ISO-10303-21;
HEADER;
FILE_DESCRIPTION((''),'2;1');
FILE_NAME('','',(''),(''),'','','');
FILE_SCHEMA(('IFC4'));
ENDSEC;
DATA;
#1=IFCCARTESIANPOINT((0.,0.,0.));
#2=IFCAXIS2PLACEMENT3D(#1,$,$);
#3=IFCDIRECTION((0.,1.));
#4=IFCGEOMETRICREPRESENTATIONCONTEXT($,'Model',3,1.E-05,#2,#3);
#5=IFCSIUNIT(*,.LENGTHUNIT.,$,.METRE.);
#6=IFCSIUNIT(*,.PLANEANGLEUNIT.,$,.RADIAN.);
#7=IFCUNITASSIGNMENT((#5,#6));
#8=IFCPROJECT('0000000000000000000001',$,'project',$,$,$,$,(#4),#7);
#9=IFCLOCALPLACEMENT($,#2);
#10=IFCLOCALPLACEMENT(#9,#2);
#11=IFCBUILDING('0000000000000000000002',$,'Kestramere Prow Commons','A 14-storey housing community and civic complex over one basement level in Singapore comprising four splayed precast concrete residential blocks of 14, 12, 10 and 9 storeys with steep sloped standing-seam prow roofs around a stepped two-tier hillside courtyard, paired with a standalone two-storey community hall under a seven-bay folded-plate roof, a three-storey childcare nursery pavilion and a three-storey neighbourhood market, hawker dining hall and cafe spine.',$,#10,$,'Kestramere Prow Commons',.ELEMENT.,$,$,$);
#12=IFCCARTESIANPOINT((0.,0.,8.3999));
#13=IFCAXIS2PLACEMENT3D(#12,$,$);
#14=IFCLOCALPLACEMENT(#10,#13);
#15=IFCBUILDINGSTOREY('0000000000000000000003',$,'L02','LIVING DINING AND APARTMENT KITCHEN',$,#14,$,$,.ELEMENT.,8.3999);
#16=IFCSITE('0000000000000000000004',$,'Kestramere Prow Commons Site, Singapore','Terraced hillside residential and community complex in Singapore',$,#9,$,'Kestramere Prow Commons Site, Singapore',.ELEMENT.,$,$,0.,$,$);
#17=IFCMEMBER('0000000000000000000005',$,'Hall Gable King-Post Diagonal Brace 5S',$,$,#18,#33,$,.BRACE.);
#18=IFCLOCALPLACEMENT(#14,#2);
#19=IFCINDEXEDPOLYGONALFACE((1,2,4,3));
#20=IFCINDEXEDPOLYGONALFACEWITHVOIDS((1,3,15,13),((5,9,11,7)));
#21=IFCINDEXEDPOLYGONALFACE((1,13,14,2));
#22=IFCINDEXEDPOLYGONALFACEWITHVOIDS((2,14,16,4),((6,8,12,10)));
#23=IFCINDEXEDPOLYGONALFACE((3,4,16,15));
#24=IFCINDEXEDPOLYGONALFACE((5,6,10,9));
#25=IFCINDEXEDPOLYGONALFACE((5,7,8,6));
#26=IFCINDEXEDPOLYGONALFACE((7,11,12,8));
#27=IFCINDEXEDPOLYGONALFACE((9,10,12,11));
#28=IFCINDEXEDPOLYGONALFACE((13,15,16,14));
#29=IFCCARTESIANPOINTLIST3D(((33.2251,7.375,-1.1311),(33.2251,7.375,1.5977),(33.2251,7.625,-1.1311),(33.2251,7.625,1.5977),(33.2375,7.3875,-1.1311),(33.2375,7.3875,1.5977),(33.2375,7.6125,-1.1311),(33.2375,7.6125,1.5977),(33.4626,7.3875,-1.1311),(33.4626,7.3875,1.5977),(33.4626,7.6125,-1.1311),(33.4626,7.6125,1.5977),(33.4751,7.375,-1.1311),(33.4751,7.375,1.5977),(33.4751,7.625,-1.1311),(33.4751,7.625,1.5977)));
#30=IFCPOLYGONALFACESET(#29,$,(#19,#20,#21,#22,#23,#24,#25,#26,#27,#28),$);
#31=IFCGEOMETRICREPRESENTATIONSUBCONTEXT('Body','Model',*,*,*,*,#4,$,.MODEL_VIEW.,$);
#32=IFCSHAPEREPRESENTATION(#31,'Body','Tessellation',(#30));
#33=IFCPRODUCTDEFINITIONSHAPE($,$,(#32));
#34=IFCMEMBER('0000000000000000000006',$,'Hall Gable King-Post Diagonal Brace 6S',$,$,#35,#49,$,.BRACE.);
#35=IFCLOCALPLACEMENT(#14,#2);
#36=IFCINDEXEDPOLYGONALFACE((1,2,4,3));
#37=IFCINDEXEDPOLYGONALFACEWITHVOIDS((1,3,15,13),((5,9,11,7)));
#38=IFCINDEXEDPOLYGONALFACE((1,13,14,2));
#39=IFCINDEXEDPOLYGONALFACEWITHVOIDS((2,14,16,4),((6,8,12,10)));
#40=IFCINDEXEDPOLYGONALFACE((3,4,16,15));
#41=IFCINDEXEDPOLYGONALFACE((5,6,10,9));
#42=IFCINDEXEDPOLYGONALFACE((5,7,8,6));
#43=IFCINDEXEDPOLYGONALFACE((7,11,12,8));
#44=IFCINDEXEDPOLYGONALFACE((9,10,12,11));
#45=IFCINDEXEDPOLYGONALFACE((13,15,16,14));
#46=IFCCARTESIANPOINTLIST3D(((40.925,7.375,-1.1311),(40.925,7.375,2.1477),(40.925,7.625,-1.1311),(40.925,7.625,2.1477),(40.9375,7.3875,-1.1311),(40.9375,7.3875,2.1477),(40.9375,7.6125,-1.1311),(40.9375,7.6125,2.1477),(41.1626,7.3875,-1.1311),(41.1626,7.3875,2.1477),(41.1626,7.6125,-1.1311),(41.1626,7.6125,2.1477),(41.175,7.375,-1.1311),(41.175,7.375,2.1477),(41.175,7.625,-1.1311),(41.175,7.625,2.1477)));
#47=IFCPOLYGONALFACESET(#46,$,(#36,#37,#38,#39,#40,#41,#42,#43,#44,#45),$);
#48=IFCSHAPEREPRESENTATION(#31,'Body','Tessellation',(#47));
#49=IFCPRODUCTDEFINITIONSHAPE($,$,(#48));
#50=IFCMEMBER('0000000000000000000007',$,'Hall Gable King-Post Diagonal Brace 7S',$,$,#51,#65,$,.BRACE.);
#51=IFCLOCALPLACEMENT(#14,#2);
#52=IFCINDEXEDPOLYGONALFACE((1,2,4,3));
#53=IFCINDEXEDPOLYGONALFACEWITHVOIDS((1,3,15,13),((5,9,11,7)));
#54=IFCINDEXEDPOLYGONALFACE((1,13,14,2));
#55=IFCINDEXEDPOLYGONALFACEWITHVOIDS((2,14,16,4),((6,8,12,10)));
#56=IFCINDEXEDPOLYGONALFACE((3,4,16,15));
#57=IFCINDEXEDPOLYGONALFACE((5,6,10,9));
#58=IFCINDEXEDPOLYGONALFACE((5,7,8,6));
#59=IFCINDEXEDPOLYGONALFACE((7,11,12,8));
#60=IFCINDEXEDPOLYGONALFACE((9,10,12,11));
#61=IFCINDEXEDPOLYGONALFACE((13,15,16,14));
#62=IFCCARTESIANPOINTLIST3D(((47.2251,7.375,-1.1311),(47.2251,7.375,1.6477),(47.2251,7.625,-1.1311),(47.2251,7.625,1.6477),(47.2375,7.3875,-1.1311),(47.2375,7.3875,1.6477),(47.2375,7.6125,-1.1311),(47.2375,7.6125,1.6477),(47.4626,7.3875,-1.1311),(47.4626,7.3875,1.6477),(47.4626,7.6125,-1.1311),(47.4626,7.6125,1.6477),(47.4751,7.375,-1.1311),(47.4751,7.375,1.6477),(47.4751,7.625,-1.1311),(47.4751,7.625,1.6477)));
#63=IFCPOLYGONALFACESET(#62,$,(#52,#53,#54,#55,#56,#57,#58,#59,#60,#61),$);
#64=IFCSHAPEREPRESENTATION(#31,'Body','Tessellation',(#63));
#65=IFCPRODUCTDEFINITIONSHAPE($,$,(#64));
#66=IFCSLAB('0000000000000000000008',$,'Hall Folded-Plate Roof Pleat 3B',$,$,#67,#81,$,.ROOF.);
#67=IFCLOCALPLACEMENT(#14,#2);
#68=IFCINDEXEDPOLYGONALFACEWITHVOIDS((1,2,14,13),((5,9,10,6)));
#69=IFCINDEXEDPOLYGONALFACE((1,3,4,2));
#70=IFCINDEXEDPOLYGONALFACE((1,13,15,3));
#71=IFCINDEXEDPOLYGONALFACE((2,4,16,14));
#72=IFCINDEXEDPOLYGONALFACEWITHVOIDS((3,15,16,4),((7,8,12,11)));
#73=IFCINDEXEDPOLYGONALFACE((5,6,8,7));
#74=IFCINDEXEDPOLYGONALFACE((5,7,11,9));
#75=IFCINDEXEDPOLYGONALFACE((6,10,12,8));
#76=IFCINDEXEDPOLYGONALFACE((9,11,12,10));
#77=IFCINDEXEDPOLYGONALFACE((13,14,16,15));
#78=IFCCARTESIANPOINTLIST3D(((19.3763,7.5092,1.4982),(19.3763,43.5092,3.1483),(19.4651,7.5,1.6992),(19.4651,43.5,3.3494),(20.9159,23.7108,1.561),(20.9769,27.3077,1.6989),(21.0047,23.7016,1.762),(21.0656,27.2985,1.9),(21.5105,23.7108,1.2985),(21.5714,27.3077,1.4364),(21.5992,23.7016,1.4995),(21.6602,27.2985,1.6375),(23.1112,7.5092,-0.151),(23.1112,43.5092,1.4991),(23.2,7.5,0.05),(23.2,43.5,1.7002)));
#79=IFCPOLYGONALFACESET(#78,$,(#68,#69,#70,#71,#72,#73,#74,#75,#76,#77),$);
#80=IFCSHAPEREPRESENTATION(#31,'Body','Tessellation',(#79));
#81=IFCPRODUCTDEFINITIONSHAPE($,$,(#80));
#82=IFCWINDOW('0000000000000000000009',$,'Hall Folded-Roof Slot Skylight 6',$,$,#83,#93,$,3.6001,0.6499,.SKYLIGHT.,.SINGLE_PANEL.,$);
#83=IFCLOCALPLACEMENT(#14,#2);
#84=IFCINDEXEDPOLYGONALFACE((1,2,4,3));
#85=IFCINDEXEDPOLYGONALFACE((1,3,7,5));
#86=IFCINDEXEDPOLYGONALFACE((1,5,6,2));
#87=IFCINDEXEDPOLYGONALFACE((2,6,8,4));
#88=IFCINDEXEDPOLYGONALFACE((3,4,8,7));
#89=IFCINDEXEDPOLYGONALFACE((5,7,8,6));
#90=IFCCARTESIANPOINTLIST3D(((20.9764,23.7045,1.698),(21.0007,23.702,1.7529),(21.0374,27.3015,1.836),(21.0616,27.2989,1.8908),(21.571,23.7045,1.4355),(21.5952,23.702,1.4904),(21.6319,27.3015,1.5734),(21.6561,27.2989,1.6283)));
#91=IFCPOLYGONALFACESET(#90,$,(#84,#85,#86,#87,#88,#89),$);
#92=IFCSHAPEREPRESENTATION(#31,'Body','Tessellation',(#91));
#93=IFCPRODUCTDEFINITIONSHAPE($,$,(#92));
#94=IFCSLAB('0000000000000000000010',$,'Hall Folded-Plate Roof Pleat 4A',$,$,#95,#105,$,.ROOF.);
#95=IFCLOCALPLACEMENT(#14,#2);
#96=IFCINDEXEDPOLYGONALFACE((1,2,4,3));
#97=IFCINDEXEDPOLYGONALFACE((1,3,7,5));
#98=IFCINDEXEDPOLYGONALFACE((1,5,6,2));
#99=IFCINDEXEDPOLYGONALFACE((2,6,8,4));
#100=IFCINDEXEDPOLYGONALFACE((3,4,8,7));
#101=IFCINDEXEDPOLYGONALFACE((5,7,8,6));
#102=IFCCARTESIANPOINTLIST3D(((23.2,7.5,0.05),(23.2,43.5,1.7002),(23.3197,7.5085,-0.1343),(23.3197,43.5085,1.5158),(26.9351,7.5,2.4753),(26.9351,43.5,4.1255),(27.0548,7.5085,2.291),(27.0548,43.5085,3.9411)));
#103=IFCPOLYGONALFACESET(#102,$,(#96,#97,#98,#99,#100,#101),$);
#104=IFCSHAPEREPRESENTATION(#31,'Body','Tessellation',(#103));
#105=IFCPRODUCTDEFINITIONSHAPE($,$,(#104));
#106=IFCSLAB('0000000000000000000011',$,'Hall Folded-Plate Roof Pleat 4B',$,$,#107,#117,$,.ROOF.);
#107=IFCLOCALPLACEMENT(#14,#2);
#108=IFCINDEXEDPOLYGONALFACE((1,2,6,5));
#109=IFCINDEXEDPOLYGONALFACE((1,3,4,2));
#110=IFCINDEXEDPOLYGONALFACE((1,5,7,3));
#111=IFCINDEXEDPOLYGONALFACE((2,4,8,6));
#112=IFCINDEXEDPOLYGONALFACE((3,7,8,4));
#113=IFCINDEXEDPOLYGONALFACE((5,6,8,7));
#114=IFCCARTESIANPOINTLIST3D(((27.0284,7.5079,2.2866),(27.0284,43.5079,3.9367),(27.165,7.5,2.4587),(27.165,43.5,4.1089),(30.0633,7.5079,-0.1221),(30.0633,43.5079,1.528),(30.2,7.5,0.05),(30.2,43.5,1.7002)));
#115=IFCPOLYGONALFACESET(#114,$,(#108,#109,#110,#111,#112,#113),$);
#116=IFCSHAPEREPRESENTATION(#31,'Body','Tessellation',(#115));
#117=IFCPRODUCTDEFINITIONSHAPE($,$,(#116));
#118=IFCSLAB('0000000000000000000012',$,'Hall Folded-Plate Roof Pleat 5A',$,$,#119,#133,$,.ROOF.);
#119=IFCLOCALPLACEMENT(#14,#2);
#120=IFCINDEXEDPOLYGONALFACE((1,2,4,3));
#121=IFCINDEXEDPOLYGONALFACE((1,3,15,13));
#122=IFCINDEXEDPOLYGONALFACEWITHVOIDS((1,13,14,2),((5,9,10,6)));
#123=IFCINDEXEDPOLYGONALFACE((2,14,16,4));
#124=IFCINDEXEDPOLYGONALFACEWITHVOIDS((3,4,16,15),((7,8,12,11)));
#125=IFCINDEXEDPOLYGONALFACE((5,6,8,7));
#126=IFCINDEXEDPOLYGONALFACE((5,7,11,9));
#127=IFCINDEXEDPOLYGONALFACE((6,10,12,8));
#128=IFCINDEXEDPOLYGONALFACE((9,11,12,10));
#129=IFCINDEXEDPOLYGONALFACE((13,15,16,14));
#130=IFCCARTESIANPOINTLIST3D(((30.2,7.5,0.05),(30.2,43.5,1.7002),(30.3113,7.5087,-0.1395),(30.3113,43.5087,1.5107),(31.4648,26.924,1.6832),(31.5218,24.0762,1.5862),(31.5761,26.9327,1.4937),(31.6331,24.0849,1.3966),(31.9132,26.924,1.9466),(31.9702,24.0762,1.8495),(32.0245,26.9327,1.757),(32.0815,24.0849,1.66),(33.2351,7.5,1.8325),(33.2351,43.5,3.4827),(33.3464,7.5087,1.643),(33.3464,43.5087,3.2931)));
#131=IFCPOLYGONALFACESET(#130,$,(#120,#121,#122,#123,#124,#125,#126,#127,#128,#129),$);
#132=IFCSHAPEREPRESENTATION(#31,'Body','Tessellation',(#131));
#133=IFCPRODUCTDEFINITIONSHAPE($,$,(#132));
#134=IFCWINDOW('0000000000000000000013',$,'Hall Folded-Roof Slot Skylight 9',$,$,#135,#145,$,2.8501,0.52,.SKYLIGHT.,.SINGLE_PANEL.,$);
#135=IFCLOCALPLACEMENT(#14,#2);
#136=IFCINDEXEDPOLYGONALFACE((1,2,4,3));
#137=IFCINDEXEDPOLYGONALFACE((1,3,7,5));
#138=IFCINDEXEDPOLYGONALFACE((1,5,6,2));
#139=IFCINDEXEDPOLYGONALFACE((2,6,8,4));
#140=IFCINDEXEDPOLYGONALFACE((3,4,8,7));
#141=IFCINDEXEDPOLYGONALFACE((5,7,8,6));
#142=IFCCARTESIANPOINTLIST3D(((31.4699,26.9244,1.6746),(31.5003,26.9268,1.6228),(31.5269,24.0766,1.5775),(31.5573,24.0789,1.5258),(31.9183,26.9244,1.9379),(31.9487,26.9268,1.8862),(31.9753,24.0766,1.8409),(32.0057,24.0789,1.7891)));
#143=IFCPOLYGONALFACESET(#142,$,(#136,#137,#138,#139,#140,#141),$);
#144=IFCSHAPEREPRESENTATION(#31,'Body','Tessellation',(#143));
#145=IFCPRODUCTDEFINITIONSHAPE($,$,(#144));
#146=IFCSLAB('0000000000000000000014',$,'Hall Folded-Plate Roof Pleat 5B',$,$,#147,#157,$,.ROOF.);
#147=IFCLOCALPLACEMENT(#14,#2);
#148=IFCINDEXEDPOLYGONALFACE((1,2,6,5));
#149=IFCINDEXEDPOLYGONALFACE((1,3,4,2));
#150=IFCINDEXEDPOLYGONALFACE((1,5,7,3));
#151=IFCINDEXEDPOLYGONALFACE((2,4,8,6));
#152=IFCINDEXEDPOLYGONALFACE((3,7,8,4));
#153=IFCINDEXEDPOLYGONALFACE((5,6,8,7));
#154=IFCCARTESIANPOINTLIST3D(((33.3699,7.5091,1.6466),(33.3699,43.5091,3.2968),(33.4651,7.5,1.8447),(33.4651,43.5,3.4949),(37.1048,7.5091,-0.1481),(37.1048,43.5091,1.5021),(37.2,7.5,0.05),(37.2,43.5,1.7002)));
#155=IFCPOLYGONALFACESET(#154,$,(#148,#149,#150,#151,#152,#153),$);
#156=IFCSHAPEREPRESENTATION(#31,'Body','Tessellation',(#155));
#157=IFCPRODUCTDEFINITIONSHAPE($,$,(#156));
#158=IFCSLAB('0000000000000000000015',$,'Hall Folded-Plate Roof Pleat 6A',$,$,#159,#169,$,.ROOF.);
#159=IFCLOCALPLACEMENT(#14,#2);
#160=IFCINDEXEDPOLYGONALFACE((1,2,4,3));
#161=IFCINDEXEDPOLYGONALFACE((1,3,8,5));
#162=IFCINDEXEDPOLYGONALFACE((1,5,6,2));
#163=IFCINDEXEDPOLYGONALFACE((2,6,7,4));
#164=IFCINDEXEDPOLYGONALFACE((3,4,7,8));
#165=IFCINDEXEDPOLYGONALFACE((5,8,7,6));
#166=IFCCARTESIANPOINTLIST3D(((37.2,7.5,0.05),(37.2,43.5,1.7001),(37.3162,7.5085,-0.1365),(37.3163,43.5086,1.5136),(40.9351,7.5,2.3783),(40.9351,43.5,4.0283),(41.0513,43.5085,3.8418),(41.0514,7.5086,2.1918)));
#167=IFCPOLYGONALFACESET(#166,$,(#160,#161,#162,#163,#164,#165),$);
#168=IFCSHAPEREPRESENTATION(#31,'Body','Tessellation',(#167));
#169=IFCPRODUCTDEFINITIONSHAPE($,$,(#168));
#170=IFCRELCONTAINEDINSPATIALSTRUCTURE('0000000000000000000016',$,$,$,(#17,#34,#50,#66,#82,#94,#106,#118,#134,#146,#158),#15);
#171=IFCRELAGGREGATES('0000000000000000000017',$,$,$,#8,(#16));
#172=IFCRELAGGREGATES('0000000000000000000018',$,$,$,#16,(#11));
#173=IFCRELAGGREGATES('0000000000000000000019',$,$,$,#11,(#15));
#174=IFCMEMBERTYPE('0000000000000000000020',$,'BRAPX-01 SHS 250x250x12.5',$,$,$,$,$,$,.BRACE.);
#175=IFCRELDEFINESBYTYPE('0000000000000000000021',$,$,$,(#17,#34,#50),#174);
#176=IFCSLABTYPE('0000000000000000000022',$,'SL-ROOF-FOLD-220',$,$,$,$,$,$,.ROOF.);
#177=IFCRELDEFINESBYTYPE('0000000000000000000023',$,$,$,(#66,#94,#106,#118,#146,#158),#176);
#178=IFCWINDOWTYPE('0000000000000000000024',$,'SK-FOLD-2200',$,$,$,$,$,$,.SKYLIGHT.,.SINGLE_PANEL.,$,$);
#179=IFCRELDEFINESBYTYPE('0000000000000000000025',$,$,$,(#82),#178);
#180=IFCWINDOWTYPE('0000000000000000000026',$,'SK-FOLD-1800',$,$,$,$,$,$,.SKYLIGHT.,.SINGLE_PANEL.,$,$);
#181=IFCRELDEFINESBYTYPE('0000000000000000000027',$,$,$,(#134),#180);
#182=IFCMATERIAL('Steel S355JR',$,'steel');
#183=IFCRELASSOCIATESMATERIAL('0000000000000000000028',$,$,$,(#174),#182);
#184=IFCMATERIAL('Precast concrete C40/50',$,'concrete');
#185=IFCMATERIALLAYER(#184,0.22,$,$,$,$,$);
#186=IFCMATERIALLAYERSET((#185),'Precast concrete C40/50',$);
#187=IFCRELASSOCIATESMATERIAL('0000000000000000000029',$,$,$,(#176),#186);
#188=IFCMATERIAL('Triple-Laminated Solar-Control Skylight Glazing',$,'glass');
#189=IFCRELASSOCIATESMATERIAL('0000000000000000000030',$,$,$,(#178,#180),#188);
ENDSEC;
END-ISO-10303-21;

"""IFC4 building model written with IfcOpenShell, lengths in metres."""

from ifc_helpers import new_model, si_unit, direction, frame, origin, origin_2d, place, context, subcontext, project, spatial, polyline, rectangle, hollow_rectangle, outline, extrude, material, layer, layer_set, material_profile, profile_set, type_object, element, fill, save


model = new_model("IFC4")

# Units and contexts
model_context = context("Model", 3, precision=1e-05, world=origin(), true_north=direction((0.0, 1.0)))
body_context = subcontext(model_context, "Body", "Model", "MODEL_VIEW")
ifc_project = project(units=[si_unit("LENGTHUNIT", "METRE"), si_unit("PLANEANGLEUNIT", "RADIAN")], contexts=[model_context])

# Site, building, storey
site_placement = place(None, origin())
site = spatial("IfcSite", under=ifc_project, at=site_placement, Name="Kestramere Prow Commons Site, Singapore", Description="Terraced hillside residential and community complex in Singapore", LongName="Kestramere Prow Commons Site, Singapore", CompositionType="ELEMENT", RefElevation=0.0)
building_placement = place(site_placement, origin())
building = spatial("IfcBuilding", under=site, at=building_placement, Name="Kestramere Prow Commons", Description="A 14-storey housing community and civic complex over one basement level in Singapore comprising four splayed precast concrete residential blocks of 14, 12, 10 and 9 storeys with steep sloped standing-seam prow roofs around a stepped two-tier hillside courtyard, paired with a standalone two-storey community hall under a seven-bay folded-plate roof, a three-storey childcare nursery pavilion and a three-storey neighbourhood market, hawker dining hall and cafe spine.", LongName="Kestramere Prow Commons", CompositionType="ELEMENT")
storey_placement = place(building_placement, frame((0.0, 0.0, 8.3999)))
storey = spatial("IfcBuildingStorey", under=building, at=storey_placement, Name="L02", Description="LIVING DINING AND APARTMENT KITCHEN", CompositionType="ELEMENT", Elevation=8.3999)

# Shared definitions
ifc_material_1 = material(Name="Steel S355JR", Category="steel")

# Members
ifc_material_profile_1 = material_profile(ifc_material_1, hollow_rectangle(XDim=0.25, YDim=0.25, WallThickness=0.0125, at=origin_2d()), Name="SHS 250x250x12.5")
ifc_profile_set_1 = profile_set([ifc_material_profile_1], Name="Steel S355JR")
member_type = type_object("IfcMemberType", Name="BRAPX-01 SHS 250x250x12.5", PredefinedType="BRACE", material=ifc_profile_set_1)
member_1_placement = place(storey_placement, frame((33.3501, 7.5, -1.1311), z_axis=(0.0, 0.0, 1.0), x_axis=(1.0, 0.0, 0.0)))
element("IfcMember", 1, at=member_1_placement, inside=storey, type_object=member_type, Name="Hall Gable King-Post Diagonal Brace 5S", PredefinedType="BRACE", context=body_context, shape_type="SweptSolid", body=[
    extrude(hollow_rectangle(XDim=0.25, YDim=0.25, WallThickness=0.0125, at=origin_2d()), origin(), (0.0, 0.0, 1.0), 2.7288),
])
member_2_placement = place(storey_placement, frame((41.05, 7.5, -1.1311), z_axis=(0.0, 0.0, 1.0), x_axis=(1.0, 0.0, 0.0)))
element("IfcMember", 2, at=member_2_placement, inside=storey, type_object=member_type, Name="Hall Gable King-Post Diagonal Brace 6S", PredefinedType="BRACE", context=body_context, shape_type="SweptSolid", body=[
    extrude(hollow_rectangle(XDim=0.25, YDim=0.25, WallThickness=0.0125, at=origin_2d()), origin(), (0.0, 0.0, 1.0), 3.2788),
])
member_3_placement = place(storey_placement, frame((47.3501, 7.5, -1.1311), z_axis=(0.0, 0.0, 1.0), x_axis=(1.0, 0.0, 0.0)))
element("IfcMember", 3, at=member_3_placement, inside=storey, type_object=member_type, Name="Hall Gable King-Post Diagonal Brace 7S", PredefinedType="BRACE", context=body_context, shape_type="SweptSolid", body=[
    extrude(hollow_rectangle(XDim=0.25, YDim=0.25, WallThickness=0.0125, at=origin_2d()), origin(), (0.0, 0.0, 1.0), 2.7788),
])

# Slab, opening, window
ifc_material_2 = material(Name="Precast concrete C40/50", Category="concrete")
ifc_layer_1 = layer(ifc_material_2, 0.22)
ifc_layer_set_1 = layer_set([ifc_layer_1], Name="Precast concrete C40/50")
slab_type = type_object("IfcSlabType", Name="SL-ROOF-FOLD-220", PredefinedType="ROOF", material=ifc_layer_set_1)
slab_1_placement = place(storey_placement, frame((19.4651, 7.5, 1.6992), z_axis=(0.40358, -0.041895, 0.913985), x_axis=(0.914788, 0.0, -0.403935)))
slab_1 = element("IfcSlab", 4, at=slab_1_placement, inside=storey, type_object=slab_type, Name="Hall Folded-Plate Roof Pleat 3B", PredefinedType="ROOF", context=body_context, shape_type="SweptSolid", body=[
    extrude(outline(polyline([(0.0, 0.0), (4.0828, 0.0), (3.4162, 36.0316), (-0.6666, 36.0316), (0.0, 0.0)])), origin(), (0.0, 0.0, -1.0), 0.22),
])
opening_1_placement = place(slab_1_placement, frame((1.708, 18.0159, 0.0), z_axis=(0.0, 0.0, 1.0), x_axis=(1.0, 0.0, 0.0)))
opening_1 = element("IfcOpeningElement", 5, at=opening_1_placement, cuts=slab_1, PredefinedType="OPENING", context=body_context, shape_type="SweptSolid", body=[
    extrude(rectangle(XDim=0.6499, YDim=3.6001, at=origin_2d()), frame((0.0, 0.0, 0.0149), z_axis=(0.0, 0.0, -1.0), x_axis=(1.0, 0.0, 0.0)), (0.0, 0.0, 1.0), 0.25),
])
ifc_material_3 = material(Name="Triple-Laminated Solar-Control Skylight Glazing", Category="glass")
window_type_1 = type_object("IfcWindowType", Name="SK-FOLD-2200", PartitioningType="SINGLE_PANEL", PredefinedType="SKYLIGHT", material=ifc_material_3)
window_1_placement = place(opening_1_placement, frame((0.0, 0.0, -0.01)))
window_1 = element("IfcWindow", 6, at=window_1_placement, inside=storey, type_object=window_type_1, Name="Hall Folded-Roof Slot Skylight 6", OverallHeight=3.6001, OverallWidth=0.6499, PartitioningType="SINGLE_PANEL", PredefinedType="SKYLIGHT", context=body_context, shape_type="SweptSolid", body=[
    extrude(rectangle(XDim=0.6499, YDim=3.6001, at=origin_2d()), frame((0.0, 0.0, 0.0), z_axis=(0.0, 0.0, -1.0), x_axis=(1.0, 0.0, 0.0)), (0.0, 0.0, 1.0), 0.0601),
])
fill(opening_1, window_1)

# Slabs
slab_2_placement = place(storey_placement, frame((23.2, 7.5, 0.05), z_axis=(-0.544187, -0.038416, 0.838084), x_axis=(0.838703, 0.0, 0.544589)))
element("IfcSlab", 7, at=slab_2_placement, inside=storey, type_object=slab_type, Name="Hall Folded-Plate Roof Pleat 4A", PredefinedType="ROOF", context=body_context, shape_type="SweptSolid", body=[
    extrude(outline(polyline([(0.0, 0.0), (4.4534, 0.0), (5.3521, 36.0266), (0.8987, 36.0266), (0.0, 0.0)])), origin(), (0.0, 0.0, -1.0), 0.22),
])
slab_3_placement = place(storey_placement, frame((27.165, 7.5, 2.4587), z_axis=(0.621262, -0.035881, 0.782781), x_axis=(0.783285, 0.0, -0.621663)))
element("IfcSlab", 8, at=slab_3_placement, inside=storey, type_object=slab_type, Name="Hall Folded-Plate Roof Pleat 4B", PredefinedType="ROOF", context=body_context, shape_type="SweptSolid", body=[
    extrude(outline(polyline([(0.0, 0.0), (3.8746, 0.0), (2.8488, 36.0232), (-1.0258, 36.0232), (0.0, 0.0)])), origin(), (0.0, 0.0, -1.0), 0.22),
])

# Slab, opening, window
slab_4_placement = place(storey_placement, frame((30.2, 7.5, 0.05), z_axis=(-0.50601, -0.039495, 0.861623), x_axis=(0.862296, 0.0, 0.506405)))
slab_4 = element("IfcSlab", 9, at=slab_4_placement, inside=storey, type_object=slab_type, Name="Hall Folded-Plate Roof Pleat 5A", PredefinedType="ROOF", context=body_context, shape_type="SweptSolid", body=[
    extrude(outline(polyline([(0.0, 0.0), (3.5199, 0.0), (4.3555, 36.0281), (0.8356, 36.0281), (0.0, 0.0)])), origin(), (0.0, 0.0, -1.0), 0.22),
])
opening_2_placement = place(slab_4_placement, frame((2.1777, 18.0142, 0.0), z_axis=(0.0, 0.0, 1.0), x_axis=(1.0, 0.0, 0.0)))
opening_2 = element("IfcOpeningElement", 10, at=opening_2_placement, cuts=slab_4, PredefinedType="OPENING", context=body_context, shape_type="SweptSolid", body=[
    extrude(rectangle(XDim=0.52, YDim=2.8501, at=origin_2d()), frame((0.0, 0.0, 0.0149), z_axis=(0.0, 0.0, -1.0), x_axis=(1.0, 0.0, 0.0)), (0.0, 0.0, 1.0), 0.25),
])
window_type_2 = type_object("IfcWindowType", Name="SK-FOLD-1800", PartitioningType="SINGLE_PANEL", PredefinedType="SKYLIGHT", material=ifc_material_3)
window_2_placement = place(opening_2_placement, frame((0.0, 0.0, -0.01)))
window_2 = element("IfcWindow", 11, at=window_2_placement, inside=storey, type_object=window_type_2, Name="Hall Folded-Roof Slot Skylight 9", OverallHeight=2.8501, OverallWidth=0.52, PartitioningType="SINGLE_PANEL", PredefinedType="SKYLIGHT", context=body_context, shape_type="SweptSolid", body=[
    extrude(rectangle(XDim=0.52, YDim=2.8501, at=origin_2d()), frame((0.0, 0.0, 0.0), z_axis=(0.0, 0.0, -1.0), x_axis=(1.0, 0.0, 0.0)), (0.0, 0.0, 1.0), 0.0601),
])
fill(opening_2, window_2)

# Slabs
slab_5_placement = place(storey_placement, frame((33.4651, 7.5, 1.8447), z_axis=(0.432743, -0.04128, 0.900572), x_axis=(0.90134, 0.0, -0.433112)))
element("IfcSlab", 12, at=slab_5_placement, inside=storey, type_object=slab_type, Name="Hall Folded-Plate Roof Pleat 5B", PredefinedType="ROOF", context=body_context, shape_type="SweptSolid", body=[
    extrude(outline(polyline([(0.0, 0.0), (4.1437, 0.0), (3.429, 36.0307), (-0.7147, 36.0307), (0.0, 0.0)])), origin(), (0.0, 0.0, -1.0), 0.22),
])
slab_6_placement = place(storey_placement, frame((37.2, 7.5, 0.05), z_axis=(-0.528587, -0.038867, 0.847989), x_axis=(0.84863, 0.000001, 0.528986)))
element("IfcSlab", 13, at=slab_6_placement, inside=storey, type_object=slab_type, Name="Hall Folded-Plate Roof Pleat 6A", PredefinedType="ROOF", context=body_context, shape_type="SweptSolid", body=[
    extrude(outline(polyline([(0.0, 0.0), (4.4014, 0.0), (5.2742, 36.0272), (0.8729, 36.0272), (0.0, 0.0)])), origin(), (0.0, 0.0, -1.0), 0.22),
])

save(model, "model.ifc")
